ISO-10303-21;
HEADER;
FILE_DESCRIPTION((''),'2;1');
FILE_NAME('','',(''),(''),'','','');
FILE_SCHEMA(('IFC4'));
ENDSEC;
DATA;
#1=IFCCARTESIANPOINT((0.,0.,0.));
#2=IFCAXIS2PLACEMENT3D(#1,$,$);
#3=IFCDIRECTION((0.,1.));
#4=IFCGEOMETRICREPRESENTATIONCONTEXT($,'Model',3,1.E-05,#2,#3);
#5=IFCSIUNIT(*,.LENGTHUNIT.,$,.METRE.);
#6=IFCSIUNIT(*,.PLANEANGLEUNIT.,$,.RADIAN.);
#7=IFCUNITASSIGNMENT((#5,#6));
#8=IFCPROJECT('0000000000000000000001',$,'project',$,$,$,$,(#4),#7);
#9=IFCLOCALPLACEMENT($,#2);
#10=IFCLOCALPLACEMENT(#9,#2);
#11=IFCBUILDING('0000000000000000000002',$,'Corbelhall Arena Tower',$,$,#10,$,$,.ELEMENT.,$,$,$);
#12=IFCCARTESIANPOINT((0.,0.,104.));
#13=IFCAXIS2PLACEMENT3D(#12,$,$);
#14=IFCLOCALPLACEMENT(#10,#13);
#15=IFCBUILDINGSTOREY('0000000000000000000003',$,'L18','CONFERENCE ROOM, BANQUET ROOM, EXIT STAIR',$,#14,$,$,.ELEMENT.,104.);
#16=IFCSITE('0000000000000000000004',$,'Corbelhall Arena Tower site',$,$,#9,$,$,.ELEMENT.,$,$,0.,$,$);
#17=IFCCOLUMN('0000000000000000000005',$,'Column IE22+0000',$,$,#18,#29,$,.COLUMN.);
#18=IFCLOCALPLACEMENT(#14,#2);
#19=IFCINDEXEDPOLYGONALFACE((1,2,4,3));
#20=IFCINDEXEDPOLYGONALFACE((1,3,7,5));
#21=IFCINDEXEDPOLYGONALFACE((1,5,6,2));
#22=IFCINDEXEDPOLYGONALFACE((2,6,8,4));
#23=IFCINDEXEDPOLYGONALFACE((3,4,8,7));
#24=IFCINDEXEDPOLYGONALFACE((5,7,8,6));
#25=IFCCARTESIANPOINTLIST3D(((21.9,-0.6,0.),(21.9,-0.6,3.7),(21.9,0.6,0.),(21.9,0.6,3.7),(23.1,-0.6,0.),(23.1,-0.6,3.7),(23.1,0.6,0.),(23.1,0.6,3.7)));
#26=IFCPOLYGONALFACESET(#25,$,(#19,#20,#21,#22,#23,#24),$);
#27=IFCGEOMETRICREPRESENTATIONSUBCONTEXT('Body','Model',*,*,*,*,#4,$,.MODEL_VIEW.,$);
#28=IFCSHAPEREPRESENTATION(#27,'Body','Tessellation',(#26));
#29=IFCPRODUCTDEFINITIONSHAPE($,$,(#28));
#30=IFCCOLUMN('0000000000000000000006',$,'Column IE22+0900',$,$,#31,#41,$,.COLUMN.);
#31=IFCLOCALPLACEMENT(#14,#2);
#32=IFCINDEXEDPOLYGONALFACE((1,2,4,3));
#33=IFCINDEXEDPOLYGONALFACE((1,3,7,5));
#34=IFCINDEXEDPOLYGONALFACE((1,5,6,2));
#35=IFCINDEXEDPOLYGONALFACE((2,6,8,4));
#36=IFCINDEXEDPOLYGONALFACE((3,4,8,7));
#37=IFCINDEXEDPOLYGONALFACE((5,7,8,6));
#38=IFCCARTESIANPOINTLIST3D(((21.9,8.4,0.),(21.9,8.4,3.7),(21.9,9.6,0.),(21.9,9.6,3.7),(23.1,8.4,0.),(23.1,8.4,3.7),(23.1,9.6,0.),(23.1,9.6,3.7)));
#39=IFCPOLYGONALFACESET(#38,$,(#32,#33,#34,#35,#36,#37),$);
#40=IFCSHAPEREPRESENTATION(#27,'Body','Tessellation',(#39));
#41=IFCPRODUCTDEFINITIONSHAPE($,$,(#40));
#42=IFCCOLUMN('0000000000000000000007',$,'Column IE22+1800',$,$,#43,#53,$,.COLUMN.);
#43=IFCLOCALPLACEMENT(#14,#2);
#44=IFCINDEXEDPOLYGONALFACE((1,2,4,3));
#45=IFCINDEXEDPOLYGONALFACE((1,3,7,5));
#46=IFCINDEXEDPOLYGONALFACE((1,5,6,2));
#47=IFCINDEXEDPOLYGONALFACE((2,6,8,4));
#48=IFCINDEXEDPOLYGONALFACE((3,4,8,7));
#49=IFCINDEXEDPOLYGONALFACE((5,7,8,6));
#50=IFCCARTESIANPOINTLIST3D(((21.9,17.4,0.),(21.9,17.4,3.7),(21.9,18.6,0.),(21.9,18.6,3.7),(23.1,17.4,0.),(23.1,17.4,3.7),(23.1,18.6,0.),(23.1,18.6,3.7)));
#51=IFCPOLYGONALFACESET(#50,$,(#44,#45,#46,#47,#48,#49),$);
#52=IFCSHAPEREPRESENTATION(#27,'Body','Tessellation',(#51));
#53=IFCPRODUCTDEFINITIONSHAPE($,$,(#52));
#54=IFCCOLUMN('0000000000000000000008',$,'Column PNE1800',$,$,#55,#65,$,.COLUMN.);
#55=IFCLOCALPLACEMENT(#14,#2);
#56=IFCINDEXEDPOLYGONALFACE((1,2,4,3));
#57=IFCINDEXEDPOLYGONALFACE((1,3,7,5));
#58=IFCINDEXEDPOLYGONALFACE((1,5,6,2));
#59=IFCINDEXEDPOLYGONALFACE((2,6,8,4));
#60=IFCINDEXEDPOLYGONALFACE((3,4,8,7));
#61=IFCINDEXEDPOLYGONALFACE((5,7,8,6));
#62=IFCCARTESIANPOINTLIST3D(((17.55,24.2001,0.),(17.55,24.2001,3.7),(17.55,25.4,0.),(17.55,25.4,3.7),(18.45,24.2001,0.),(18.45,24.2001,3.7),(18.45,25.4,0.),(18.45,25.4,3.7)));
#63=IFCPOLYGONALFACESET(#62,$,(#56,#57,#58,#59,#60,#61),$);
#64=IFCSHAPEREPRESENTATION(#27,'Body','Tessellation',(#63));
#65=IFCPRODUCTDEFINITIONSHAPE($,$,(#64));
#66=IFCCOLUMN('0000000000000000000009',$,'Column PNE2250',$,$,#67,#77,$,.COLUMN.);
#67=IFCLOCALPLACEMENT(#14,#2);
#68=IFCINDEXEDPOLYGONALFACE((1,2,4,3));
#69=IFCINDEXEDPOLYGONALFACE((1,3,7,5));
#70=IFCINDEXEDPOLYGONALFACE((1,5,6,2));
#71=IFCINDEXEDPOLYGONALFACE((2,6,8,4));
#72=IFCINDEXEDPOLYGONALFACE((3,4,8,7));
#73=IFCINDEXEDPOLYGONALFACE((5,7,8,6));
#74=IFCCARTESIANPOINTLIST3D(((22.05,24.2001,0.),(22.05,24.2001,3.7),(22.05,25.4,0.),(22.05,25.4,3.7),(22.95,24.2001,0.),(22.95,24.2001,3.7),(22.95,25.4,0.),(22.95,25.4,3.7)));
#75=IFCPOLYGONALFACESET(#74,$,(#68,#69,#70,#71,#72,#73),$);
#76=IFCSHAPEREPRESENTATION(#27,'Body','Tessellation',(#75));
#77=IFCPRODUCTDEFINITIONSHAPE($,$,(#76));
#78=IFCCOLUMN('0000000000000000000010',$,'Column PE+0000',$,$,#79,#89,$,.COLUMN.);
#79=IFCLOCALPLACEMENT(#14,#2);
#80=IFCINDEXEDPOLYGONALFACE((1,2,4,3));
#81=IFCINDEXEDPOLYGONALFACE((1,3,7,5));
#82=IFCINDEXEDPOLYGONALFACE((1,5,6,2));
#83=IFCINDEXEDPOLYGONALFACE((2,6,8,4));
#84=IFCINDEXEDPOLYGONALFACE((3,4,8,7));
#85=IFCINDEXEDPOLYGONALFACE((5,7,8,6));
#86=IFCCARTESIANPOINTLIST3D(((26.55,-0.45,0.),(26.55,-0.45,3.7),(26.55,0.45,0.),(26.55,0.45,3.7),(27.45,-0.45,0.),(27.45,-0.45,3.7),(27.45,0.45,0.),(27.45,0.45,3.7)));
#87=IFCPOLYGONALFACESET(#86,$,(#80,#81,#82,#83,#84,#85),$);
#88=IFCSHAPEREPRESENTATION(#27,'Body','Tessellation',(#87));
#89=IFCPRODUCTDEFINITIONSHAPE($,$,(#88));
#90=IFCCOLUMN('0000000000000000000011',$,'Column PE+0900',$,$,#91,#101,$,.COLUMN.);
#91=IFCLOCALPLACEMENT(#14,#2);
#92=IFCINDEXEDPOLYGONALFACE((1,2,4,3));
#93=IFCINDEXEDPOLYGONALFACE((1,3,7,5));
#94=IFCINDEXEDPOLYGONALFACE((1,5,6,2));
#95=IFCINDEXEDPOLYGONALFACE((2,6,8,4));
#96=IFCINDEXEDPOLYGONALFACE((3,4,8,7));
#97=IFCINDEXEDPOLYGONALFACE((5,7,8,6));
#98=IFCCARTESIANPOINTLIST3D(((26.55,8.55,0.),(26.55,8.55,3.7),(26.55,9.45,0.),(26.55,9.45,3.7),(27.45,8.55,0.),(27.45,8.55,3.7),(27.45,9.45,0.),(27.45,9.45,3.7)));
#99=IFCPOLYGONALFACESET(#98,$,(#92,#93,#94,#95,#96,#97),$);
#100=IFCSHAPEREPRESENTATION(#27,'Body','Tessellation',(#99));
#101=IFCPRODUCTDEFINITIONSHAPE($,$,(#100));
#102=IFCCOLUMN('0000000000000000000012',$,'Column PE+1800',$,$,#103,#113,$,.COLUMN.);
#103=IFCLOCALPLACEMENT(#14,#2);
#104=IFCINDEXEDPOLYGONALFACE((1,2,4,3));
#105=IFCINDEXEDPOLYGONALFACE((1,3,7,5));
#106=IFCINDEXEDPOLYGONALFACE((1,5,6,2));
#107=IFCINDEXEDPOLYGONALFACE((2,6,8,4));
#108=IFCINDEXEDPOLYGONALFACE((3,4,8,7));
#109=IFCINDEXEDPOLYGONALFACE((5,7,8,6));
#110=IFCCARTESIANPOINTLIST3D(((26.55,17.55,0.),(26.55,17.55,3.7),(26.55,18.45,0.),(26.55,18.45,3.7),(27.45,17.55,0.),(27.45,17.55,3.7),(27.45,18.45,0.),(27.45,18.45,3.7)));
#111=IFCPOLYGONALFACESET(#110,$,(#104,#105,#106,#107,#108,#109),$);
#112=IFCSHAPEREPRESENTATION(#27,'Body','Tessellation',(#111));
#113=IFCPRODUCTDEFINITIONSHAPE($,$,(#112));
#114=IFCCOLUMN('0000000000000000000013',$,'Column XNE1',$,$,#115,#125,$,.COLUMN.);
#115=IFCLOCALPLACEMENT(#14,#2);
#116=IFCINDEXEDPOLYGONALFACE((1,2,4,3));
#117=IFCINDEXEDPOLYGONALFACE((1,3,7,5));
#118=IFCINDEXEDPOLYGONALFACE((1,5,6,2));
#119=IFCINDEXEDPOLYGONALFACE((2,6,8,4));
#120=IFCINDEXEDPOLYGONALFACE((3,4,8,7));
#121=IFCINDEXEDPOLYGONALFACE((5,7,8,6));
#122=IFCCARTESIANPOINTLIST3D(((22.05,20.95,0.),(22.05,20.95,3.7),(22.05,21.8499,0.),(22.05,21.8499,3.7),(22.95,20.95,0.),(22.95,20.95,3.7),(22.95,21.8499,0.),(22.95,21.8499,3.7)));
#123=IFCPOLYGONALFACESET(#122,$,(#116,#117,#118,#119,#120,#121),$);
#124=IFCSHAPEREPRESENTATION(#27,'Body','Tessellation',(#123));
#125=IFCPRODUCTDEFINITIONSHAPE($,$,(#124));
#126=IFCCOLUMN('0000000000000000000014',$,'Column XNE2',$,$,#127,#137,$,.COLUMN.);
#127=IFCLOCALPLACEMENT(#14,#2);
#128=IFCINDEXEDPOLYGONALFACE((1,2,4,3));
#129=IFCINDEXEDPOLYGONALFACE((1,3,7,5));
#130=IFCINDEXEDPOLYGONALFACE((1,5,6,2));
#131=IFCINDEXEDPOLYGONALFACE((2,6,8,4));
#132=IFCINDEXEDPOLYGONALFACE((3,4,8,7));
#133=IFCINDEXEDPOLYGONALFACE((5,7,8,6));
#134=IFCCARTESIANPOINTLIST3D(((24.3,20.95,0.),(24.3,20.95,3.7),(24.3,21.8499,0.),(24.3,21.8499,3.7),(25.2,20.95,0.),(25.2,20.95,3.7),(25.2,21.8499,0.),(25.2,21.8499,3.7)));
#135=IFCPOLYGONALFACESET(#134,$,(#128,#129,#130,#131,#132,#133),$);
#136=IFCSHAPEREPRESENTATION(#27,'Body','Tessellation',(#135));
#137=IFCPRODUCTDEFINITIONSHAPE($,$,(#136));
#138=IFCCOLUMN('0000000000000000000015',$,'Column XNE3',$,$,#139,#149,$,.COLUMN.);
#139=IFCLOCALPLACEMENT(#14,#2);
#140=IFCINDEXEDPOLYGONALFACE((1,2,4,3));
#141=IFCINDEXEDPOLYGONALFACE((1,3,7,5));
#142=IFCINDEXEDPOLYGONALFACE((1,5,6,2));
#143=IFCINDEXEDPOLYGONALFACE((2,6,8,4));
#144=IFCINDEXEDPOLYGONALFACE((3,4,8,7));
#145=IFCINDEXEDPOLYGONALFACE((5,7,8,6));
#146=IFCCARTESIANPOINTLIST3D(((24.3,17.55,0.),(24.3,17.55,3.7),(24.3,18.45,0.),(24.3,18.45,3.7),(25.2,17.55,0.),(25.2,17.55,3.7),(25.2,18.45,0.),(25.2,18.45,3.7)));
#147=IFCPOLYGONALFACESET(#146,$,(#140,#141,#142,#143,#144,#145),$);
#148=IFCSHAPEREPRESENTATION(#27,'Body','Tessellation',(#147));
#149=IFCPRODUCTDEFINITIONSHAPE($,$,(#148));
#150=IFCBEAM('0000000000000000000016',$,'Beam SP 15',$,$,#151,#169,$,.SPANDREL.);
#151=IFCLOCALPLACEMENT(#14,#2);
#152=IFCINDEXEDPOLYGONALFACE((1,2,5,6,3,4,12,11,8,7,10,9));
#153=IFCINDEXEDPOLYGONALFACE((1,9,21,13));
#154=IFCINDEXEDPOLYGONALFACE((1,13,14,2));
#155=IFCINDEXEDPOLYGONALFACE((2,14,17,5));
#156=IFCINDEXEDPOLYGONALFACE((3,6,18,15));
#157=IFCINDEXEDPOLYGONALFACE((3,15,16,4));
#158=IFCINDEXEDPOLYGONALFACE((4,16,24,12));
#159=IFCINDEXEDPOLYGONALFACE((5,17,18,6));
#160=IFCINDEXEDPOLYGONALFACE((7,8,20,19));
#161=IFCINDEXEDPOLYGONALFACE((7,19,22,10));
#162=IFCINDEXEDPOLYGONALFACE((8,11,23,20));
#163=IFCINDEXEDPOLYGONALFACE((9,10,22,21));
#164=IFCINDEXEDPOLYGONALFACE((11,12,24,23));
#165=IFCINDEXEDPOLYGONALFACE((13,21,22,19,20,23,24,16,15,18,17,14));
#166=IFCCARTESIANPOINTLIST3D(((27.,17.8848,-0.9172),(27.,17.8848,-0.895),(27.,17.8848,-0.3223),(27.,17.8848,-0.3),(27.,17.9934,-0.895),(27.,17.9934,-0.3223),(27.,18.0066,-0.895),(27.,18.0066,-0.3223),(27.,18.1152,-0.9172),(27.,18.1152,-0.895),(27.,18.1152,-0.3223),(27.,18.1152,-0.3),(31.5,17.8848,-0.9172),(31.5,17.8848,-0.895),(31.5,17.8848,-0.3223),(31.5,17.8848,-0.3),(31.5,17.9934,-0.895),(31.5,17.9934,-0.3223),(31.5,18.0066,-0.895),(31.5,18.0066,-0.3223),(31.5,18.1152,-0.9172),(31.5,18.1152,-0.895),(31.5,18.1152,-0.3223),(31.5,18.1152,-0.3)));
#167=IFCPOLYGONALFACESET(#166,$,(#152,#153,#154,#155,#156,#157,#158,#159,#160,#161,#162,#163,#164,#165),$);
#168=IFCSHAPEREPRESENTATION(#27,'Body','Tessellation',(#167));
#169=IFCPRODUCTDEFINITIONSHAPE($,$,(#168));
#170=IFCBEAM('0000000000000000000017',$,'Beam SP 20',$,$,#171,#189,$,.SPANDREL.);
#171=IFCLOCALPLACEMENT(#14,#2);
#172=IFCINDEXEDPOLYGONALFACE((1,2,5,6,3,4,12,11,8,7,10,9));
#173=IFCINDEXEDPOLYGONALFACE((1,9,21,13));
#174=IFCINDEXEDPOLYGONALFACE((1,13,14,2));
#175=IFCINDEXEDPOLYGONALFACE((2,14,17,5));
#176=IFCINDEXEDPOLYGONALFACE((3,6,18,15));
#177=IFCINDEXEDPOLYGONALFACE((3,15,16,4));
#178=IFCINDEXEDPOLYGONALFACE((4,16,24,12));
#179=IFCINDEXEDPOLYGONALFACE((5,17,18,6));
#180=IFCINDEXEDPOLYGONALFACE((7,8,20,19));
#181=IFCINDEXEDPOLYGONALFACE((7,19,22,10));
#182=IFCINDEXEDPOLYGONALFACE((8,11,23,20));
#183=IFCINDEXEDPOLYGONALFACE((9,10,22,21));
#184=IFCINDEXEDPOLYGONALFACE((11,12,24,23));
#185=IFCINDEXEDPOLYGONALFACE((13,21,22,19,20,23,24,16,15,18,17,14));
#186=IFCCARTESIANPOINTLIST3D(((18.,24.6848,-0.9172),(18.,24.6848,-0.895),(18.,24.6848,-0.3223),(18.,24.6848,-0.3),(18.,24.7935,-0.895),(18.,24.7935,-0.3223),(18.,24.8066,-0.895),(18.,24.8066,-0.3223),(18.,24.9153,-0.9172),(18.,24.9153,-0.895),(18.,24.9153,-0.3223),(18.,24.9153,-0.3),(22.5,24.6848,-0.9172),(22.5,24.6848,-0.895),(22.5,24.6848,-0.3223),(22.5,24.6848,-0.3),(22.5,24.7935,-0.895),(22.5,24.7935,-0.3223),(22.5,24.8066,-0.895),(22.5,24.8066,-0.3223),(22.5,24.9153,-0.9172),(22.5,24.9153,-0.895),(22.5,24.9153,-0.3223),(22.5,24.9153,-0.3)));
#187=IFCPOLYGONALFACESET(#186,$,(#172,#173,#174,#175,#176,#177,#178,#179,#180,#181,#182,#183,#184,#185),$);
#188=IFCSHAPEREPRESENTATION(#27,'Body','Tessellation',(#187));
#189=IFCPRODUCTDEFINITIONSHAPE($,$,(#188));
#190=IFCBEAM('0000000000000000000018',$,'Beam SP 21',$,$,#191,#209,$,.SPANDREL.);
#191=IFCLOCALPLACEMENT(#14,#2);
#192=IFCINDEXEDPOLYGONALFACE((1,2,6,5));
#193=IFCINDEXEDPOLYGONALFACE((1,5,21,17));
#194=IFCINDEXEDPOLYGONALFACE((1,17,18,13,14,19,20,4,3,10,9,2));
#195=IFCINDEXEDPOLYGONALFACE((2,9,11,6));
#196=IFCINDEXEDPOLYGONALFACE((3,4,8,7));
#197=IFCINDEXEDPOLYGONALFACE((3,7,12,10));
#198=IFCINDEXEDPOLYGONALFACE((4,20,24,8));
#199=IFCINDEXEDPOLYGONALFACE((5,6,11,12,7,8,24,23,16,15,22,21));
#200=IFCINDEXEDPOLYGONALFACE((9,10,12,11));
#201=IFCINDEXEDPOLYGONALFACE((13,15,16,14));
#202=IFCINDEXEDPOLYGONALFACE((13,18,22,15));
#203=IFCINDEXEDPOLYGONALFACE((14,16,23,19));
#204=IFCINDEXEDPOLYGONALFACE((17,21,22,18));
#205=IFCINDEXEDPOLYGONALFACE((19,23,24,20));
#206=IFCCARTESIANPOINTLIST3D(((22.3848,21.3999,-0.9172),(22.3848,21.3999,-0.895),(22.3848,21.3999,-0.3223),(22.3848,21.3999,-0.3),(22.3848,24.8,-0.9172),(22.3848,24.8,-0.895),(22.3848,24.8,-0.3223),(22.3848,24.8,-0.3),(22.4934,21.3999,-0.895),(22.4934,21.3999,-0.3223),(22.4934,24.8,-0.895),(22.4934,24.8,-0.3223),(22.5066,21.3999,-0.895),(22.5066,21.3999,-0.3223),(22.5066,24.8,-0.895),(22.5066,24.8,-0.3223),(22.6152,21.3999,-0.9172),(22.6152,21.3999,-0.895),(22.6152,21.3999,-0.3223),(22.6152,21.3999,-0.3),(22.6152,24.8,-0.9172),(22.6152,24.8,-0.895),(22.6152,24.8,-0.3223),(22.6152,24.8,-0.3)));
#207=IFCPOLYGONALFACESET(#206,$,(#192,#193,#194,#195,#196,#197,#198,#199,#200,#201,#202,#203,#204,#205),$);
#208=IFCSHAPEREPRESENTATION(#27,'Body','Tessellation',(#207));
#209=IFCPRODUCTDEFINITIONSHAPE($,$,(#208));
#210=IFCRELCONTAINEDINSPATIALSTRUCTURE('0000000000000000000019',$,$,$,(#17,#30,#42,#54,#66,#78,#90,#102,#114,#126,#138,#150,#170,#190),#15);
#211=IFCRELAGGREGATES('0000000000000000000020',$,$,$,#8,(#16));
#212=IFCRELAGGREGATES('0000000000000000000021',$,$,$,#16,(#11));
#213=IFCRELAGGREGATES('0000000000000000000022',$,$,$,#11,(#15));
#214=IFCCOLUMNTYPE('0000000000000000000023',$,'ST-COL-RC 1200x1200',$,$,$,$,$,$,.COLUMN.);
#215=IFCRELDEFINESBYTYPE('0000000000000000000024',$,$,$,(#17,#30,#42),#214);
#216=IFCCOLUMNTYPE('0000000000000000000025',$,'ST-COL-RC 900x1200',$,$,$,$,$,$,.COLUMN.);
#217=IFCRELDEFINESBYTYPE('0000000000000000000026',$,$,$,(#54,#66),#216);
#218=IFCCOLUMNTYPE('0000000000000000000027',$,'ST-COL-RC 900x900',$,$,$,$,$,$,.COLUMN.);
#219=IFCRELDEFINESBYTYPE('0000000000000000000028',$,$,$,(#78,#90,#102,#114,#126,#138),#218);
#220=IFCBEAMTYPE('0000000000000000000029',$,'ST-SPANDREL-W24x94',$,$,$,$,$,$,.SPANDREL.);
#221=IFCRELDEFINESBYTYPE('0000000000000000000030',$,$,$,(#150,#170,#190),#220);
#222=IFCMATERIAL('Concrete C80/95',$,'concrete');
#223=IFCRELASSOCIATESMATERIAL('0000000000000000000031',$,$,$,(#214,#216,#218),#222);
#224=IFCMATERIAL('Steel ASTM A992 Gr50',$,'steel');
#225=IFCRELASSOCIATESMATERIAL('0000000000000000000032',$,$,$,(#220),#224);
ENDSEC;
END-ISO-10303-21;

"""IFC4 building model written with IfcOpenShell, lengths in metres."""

from ifc_helpers import new_model, si_unit, direction, frame, origin, origin_2d, place, context, subcontext, project, spatial, rectangle, i_section, extrude, material, material_profile, profile_set, type_object, element, save


model = new_model("IFC4")

# Units and contexts
model_context = context("Model", 3, precision=1e-05, world=origin(), true_north=direction((0.0, 1.0)))
body_context = subcontext(model_context, "Body", "Model", "MODEL_VIEW")
ifc_project = project(units=[si_unit("LENGTHUNIT", "METRE"), si_unit("PLANEANGLEUNIT", "RADIAN")], contexts=[model_context])

# Site, building, storey
site_placement = place(None, origin())
site = spatial("IfcSite", under=ifc_project, at=site_placement, Name="Corbelhall Arena Tower site", CompositionType="ELEMENT", RefElevation=0.0)
building_placement = place(site_placement, origin())
building = spatial("IfcBuilding", under=site, at=building_placement, Name="Corbelhall Arena Tower", CompositionType="ELEMENT")
storey_placement = place(building_placement, frame((0.0, 0.0, 104.0)))
storey = spatial("IfcBuildingStorey", under=building, at=storey_placement, Name="L18", Description="CONFERENCE ROOM, BANQUET ROOM, EXIT STAIR", CompositionType="ELEMENT", Elevation=104.0)

# Columns
ifc_material_1 = material(Name="Concrete C80/95", Category="concrete")
ifc_material_profile_1 = material_profile(ifc_material_1, rectangle(XDim=1.2, YDim=1.2, at=origin_2d()))
ifc_profile_set_1 = profile_set([ifc_material_profile_1], Name="Concrete C80/95")
column_type_1 = type_object("IfcColumnType", Name="ST-COL-RC 1200x1200", PredefinedType="COLUMN", material=ifc_profile_set_1)
for number, where, z_axis, x_axis, name in (
    (1, (22.5, 0.0, 0.0), (0.0, 0.0, 1.0), (1.0, 0.0, 0.0), "Column IE22+0000"),
    (2, (22.5, 9.0, 0.0), (0.0, 0.0, 1.0), (1.0, 0.0, 0.0), "Column IE22+0900"),
    (3, (22.5, 18.0, 0.0), (0.0, 0.0, 1.0), (1.0, 0.0, 0.0), "Column IE22+1800"),
):
    element("IfcColumn", number, at=place(storey_placement, frame(where, z_axis=z_axis, x_axis=x_axis)), inside=storey, type_object=column_type_1, Name=name, PredefinedType="COLUMN", context=body_context, shape_type="SweptSolid", body=[
        extrude(rectangle(XDim=1.2, YDim=1.2, at=origin_2d()), origin(), (0.0, 0.0, 1.0), 3.7),
    ])
ifc_material_profile_2 = material_profile(ifc_material_1, rectangle(XDim=0.8999, YDim=1.2, at=origin_2d()))
ifc_profile_set_2 = profile_set([ifc_material_profile_2], Name="Concrete C80/95")
column_type_2 = type_object("IfcColumnType", Name="ST-COL-RC 900x1200", PredefinedType="COLUMN", material=ifc_profile_set_2)
for number, where, z_axis, x_axis, name in (
    (4, (18.0, 24.8, 0.0), (0.0, 0.0, 1.0), (1.0, 0.0, 0.0), "Column PNE1800"),
    (5, (22.5, 24.8, 0.0), (0.0, 0.0, 1.0), (1.0, 0.0, 0.0), "Column PNE2250"),
):
    element("IfcColumn", number, at=place(storey_placement, frame(where, z_axis=z_axis, x_axis=x_axis)), inside=storey, type_object=column_type_2, Name=name, PredefinedType="COLUMN", context=body_context, shape_type="SweptSolid", body=[
        extrude(rectangle(XDim=0.8999, YDim=1.2, at=origin_2d()), origin(), (0.0, 0.0, 1.0), 3.7),
    ])
ifc_material_profile_3 = material_profile(ifc_material_1, rectangle(XDim=0.8999, YDim=0.8999, at=origin_2d()))
ifc_profile_set_3 = profile_set([ifc_material_profile_3], Name="Concrete C80/95")
column_type_3 = type_object("IfcColumnType", Name="ST-COL-RC 900x900", PredefinedType="COLUMN", material=ifc_profile_set_3)
for number, where, z_axis, x_axis, name in (
    (6, (27.0, 0.0, 0.0), (0.0, 0.0, 1.0), (1.0, 0.0, 0.0), "Column PE+0000"),
    (7, (27.0, 9.0, 0.0), (0.0, 0.0, 1.0), (1.0, 0.0, 0.0), "Column PE+0900"),
    (8, (27.0, 18.0, 0.0), (0.0, 0.0, 1.0), (1.0, 0.0, 0.0), "Column PE+1800"),
    (9, (22.5, 21.3999, 0.0), (0.0, 0.0, 1.0), (1.0, 0.0, 0.0), "Column XNE1"),
    (10, (24.75, 21.3999, 0.0), (0.0, 0.0, 1.0), (1.0, 0.0, 0.0), "Column XNE2"),
    (11, (24.75, 18.0, 0.0), (0.0, 0.0, 1.0), (1.0, 0.0, 0.0), "Column XNE3"),
):
    element("IfcColumn", number, at=place(storey_placement, frame(where, z_axis=z_axis, x_axis=x_axis)), inside=storey, type_object=column_type_3, Name=name, PredefinedType="COLUMN", context=body_context, shape_type="SweptSolid", body=[
        extrude(rectangle(XDim=0.8999, YDim=0.8999, at=origin_2d()), origin(), (0.0, 0.0, 1.0), 3.7),
    ])

# Beams
ifc_material_2 = material(Name="Steel ASTM A992 Gr50", Category="steel")
ifc_material_profile_4 = material_profile(ifc_material_2, i_section(OverallWidth=0.2305, OverallDepth=0.6172, WebThickness=0.0132, FlangeThickness=0.0222, at=origin_2d()))
ifc_profile_set_4 = profile_set([ifc_material_profile_4], Name="Steel ASTM A992 Gr50")
beam_type = type_object("IfcBeamType", Name="ST-SPANDREL-W24x94", PredefinedType="SPANDREL", material=ifc_profile_set_4)
for number, where, z_axis, x_axis, name in (
    (12, (27.0, 18.0, -0.6086), (1.0, 0.0, 0.0), (0.0, 1.0, 0.0), "Beam SP 15"),
    (13, (18.0, 24.8, -0.6086), (1.0, 0.0, 0.0), (0.0, 1.0, 0.0), "Beam SP 20"),
):
    element("IfcBeam", number, at=place(storey_placement, frame(where, z_axis=z_axis, x_axis=x_axis)), inside=storey, type_object=beam_type, Name=name, PredefinedType="SPANDREL", context=body_context, shape_type="SweptSolid", body=[
        extrude(i_section(OverallWidth=0.2305, OverallDepth=0.6172, WebThickness=0.0132, FlangeThickness=0.0222, at=origin_2d()), origin(), (0.0, 0.0, 1.0), 4.5),
    ])
beam_1_placement = place(storey_placement, frame((22.5, 24.8, -0.6086), z_axis=(0.0, -1.0, 0.0), x_axis=(1.0, 0.0, 0.0)))
element("IfcBeam", 14, at=beam_1_placement, inside=storey, type_object=beam_type, Name="Beam SP 21", PredefinedType="SPANDREL", context=body_context, shape_type="SweptSolid", body=[
    extrude(i_section(OverallWidth=0.2305, OverallDepth=0.6172, WebThickness=0.0132, FlangeThickness=0.0222, at=origin_2d()), origin(), (0.0, 0.0, 1.0), 3.4001),
])

save(model, "model.ifc")
